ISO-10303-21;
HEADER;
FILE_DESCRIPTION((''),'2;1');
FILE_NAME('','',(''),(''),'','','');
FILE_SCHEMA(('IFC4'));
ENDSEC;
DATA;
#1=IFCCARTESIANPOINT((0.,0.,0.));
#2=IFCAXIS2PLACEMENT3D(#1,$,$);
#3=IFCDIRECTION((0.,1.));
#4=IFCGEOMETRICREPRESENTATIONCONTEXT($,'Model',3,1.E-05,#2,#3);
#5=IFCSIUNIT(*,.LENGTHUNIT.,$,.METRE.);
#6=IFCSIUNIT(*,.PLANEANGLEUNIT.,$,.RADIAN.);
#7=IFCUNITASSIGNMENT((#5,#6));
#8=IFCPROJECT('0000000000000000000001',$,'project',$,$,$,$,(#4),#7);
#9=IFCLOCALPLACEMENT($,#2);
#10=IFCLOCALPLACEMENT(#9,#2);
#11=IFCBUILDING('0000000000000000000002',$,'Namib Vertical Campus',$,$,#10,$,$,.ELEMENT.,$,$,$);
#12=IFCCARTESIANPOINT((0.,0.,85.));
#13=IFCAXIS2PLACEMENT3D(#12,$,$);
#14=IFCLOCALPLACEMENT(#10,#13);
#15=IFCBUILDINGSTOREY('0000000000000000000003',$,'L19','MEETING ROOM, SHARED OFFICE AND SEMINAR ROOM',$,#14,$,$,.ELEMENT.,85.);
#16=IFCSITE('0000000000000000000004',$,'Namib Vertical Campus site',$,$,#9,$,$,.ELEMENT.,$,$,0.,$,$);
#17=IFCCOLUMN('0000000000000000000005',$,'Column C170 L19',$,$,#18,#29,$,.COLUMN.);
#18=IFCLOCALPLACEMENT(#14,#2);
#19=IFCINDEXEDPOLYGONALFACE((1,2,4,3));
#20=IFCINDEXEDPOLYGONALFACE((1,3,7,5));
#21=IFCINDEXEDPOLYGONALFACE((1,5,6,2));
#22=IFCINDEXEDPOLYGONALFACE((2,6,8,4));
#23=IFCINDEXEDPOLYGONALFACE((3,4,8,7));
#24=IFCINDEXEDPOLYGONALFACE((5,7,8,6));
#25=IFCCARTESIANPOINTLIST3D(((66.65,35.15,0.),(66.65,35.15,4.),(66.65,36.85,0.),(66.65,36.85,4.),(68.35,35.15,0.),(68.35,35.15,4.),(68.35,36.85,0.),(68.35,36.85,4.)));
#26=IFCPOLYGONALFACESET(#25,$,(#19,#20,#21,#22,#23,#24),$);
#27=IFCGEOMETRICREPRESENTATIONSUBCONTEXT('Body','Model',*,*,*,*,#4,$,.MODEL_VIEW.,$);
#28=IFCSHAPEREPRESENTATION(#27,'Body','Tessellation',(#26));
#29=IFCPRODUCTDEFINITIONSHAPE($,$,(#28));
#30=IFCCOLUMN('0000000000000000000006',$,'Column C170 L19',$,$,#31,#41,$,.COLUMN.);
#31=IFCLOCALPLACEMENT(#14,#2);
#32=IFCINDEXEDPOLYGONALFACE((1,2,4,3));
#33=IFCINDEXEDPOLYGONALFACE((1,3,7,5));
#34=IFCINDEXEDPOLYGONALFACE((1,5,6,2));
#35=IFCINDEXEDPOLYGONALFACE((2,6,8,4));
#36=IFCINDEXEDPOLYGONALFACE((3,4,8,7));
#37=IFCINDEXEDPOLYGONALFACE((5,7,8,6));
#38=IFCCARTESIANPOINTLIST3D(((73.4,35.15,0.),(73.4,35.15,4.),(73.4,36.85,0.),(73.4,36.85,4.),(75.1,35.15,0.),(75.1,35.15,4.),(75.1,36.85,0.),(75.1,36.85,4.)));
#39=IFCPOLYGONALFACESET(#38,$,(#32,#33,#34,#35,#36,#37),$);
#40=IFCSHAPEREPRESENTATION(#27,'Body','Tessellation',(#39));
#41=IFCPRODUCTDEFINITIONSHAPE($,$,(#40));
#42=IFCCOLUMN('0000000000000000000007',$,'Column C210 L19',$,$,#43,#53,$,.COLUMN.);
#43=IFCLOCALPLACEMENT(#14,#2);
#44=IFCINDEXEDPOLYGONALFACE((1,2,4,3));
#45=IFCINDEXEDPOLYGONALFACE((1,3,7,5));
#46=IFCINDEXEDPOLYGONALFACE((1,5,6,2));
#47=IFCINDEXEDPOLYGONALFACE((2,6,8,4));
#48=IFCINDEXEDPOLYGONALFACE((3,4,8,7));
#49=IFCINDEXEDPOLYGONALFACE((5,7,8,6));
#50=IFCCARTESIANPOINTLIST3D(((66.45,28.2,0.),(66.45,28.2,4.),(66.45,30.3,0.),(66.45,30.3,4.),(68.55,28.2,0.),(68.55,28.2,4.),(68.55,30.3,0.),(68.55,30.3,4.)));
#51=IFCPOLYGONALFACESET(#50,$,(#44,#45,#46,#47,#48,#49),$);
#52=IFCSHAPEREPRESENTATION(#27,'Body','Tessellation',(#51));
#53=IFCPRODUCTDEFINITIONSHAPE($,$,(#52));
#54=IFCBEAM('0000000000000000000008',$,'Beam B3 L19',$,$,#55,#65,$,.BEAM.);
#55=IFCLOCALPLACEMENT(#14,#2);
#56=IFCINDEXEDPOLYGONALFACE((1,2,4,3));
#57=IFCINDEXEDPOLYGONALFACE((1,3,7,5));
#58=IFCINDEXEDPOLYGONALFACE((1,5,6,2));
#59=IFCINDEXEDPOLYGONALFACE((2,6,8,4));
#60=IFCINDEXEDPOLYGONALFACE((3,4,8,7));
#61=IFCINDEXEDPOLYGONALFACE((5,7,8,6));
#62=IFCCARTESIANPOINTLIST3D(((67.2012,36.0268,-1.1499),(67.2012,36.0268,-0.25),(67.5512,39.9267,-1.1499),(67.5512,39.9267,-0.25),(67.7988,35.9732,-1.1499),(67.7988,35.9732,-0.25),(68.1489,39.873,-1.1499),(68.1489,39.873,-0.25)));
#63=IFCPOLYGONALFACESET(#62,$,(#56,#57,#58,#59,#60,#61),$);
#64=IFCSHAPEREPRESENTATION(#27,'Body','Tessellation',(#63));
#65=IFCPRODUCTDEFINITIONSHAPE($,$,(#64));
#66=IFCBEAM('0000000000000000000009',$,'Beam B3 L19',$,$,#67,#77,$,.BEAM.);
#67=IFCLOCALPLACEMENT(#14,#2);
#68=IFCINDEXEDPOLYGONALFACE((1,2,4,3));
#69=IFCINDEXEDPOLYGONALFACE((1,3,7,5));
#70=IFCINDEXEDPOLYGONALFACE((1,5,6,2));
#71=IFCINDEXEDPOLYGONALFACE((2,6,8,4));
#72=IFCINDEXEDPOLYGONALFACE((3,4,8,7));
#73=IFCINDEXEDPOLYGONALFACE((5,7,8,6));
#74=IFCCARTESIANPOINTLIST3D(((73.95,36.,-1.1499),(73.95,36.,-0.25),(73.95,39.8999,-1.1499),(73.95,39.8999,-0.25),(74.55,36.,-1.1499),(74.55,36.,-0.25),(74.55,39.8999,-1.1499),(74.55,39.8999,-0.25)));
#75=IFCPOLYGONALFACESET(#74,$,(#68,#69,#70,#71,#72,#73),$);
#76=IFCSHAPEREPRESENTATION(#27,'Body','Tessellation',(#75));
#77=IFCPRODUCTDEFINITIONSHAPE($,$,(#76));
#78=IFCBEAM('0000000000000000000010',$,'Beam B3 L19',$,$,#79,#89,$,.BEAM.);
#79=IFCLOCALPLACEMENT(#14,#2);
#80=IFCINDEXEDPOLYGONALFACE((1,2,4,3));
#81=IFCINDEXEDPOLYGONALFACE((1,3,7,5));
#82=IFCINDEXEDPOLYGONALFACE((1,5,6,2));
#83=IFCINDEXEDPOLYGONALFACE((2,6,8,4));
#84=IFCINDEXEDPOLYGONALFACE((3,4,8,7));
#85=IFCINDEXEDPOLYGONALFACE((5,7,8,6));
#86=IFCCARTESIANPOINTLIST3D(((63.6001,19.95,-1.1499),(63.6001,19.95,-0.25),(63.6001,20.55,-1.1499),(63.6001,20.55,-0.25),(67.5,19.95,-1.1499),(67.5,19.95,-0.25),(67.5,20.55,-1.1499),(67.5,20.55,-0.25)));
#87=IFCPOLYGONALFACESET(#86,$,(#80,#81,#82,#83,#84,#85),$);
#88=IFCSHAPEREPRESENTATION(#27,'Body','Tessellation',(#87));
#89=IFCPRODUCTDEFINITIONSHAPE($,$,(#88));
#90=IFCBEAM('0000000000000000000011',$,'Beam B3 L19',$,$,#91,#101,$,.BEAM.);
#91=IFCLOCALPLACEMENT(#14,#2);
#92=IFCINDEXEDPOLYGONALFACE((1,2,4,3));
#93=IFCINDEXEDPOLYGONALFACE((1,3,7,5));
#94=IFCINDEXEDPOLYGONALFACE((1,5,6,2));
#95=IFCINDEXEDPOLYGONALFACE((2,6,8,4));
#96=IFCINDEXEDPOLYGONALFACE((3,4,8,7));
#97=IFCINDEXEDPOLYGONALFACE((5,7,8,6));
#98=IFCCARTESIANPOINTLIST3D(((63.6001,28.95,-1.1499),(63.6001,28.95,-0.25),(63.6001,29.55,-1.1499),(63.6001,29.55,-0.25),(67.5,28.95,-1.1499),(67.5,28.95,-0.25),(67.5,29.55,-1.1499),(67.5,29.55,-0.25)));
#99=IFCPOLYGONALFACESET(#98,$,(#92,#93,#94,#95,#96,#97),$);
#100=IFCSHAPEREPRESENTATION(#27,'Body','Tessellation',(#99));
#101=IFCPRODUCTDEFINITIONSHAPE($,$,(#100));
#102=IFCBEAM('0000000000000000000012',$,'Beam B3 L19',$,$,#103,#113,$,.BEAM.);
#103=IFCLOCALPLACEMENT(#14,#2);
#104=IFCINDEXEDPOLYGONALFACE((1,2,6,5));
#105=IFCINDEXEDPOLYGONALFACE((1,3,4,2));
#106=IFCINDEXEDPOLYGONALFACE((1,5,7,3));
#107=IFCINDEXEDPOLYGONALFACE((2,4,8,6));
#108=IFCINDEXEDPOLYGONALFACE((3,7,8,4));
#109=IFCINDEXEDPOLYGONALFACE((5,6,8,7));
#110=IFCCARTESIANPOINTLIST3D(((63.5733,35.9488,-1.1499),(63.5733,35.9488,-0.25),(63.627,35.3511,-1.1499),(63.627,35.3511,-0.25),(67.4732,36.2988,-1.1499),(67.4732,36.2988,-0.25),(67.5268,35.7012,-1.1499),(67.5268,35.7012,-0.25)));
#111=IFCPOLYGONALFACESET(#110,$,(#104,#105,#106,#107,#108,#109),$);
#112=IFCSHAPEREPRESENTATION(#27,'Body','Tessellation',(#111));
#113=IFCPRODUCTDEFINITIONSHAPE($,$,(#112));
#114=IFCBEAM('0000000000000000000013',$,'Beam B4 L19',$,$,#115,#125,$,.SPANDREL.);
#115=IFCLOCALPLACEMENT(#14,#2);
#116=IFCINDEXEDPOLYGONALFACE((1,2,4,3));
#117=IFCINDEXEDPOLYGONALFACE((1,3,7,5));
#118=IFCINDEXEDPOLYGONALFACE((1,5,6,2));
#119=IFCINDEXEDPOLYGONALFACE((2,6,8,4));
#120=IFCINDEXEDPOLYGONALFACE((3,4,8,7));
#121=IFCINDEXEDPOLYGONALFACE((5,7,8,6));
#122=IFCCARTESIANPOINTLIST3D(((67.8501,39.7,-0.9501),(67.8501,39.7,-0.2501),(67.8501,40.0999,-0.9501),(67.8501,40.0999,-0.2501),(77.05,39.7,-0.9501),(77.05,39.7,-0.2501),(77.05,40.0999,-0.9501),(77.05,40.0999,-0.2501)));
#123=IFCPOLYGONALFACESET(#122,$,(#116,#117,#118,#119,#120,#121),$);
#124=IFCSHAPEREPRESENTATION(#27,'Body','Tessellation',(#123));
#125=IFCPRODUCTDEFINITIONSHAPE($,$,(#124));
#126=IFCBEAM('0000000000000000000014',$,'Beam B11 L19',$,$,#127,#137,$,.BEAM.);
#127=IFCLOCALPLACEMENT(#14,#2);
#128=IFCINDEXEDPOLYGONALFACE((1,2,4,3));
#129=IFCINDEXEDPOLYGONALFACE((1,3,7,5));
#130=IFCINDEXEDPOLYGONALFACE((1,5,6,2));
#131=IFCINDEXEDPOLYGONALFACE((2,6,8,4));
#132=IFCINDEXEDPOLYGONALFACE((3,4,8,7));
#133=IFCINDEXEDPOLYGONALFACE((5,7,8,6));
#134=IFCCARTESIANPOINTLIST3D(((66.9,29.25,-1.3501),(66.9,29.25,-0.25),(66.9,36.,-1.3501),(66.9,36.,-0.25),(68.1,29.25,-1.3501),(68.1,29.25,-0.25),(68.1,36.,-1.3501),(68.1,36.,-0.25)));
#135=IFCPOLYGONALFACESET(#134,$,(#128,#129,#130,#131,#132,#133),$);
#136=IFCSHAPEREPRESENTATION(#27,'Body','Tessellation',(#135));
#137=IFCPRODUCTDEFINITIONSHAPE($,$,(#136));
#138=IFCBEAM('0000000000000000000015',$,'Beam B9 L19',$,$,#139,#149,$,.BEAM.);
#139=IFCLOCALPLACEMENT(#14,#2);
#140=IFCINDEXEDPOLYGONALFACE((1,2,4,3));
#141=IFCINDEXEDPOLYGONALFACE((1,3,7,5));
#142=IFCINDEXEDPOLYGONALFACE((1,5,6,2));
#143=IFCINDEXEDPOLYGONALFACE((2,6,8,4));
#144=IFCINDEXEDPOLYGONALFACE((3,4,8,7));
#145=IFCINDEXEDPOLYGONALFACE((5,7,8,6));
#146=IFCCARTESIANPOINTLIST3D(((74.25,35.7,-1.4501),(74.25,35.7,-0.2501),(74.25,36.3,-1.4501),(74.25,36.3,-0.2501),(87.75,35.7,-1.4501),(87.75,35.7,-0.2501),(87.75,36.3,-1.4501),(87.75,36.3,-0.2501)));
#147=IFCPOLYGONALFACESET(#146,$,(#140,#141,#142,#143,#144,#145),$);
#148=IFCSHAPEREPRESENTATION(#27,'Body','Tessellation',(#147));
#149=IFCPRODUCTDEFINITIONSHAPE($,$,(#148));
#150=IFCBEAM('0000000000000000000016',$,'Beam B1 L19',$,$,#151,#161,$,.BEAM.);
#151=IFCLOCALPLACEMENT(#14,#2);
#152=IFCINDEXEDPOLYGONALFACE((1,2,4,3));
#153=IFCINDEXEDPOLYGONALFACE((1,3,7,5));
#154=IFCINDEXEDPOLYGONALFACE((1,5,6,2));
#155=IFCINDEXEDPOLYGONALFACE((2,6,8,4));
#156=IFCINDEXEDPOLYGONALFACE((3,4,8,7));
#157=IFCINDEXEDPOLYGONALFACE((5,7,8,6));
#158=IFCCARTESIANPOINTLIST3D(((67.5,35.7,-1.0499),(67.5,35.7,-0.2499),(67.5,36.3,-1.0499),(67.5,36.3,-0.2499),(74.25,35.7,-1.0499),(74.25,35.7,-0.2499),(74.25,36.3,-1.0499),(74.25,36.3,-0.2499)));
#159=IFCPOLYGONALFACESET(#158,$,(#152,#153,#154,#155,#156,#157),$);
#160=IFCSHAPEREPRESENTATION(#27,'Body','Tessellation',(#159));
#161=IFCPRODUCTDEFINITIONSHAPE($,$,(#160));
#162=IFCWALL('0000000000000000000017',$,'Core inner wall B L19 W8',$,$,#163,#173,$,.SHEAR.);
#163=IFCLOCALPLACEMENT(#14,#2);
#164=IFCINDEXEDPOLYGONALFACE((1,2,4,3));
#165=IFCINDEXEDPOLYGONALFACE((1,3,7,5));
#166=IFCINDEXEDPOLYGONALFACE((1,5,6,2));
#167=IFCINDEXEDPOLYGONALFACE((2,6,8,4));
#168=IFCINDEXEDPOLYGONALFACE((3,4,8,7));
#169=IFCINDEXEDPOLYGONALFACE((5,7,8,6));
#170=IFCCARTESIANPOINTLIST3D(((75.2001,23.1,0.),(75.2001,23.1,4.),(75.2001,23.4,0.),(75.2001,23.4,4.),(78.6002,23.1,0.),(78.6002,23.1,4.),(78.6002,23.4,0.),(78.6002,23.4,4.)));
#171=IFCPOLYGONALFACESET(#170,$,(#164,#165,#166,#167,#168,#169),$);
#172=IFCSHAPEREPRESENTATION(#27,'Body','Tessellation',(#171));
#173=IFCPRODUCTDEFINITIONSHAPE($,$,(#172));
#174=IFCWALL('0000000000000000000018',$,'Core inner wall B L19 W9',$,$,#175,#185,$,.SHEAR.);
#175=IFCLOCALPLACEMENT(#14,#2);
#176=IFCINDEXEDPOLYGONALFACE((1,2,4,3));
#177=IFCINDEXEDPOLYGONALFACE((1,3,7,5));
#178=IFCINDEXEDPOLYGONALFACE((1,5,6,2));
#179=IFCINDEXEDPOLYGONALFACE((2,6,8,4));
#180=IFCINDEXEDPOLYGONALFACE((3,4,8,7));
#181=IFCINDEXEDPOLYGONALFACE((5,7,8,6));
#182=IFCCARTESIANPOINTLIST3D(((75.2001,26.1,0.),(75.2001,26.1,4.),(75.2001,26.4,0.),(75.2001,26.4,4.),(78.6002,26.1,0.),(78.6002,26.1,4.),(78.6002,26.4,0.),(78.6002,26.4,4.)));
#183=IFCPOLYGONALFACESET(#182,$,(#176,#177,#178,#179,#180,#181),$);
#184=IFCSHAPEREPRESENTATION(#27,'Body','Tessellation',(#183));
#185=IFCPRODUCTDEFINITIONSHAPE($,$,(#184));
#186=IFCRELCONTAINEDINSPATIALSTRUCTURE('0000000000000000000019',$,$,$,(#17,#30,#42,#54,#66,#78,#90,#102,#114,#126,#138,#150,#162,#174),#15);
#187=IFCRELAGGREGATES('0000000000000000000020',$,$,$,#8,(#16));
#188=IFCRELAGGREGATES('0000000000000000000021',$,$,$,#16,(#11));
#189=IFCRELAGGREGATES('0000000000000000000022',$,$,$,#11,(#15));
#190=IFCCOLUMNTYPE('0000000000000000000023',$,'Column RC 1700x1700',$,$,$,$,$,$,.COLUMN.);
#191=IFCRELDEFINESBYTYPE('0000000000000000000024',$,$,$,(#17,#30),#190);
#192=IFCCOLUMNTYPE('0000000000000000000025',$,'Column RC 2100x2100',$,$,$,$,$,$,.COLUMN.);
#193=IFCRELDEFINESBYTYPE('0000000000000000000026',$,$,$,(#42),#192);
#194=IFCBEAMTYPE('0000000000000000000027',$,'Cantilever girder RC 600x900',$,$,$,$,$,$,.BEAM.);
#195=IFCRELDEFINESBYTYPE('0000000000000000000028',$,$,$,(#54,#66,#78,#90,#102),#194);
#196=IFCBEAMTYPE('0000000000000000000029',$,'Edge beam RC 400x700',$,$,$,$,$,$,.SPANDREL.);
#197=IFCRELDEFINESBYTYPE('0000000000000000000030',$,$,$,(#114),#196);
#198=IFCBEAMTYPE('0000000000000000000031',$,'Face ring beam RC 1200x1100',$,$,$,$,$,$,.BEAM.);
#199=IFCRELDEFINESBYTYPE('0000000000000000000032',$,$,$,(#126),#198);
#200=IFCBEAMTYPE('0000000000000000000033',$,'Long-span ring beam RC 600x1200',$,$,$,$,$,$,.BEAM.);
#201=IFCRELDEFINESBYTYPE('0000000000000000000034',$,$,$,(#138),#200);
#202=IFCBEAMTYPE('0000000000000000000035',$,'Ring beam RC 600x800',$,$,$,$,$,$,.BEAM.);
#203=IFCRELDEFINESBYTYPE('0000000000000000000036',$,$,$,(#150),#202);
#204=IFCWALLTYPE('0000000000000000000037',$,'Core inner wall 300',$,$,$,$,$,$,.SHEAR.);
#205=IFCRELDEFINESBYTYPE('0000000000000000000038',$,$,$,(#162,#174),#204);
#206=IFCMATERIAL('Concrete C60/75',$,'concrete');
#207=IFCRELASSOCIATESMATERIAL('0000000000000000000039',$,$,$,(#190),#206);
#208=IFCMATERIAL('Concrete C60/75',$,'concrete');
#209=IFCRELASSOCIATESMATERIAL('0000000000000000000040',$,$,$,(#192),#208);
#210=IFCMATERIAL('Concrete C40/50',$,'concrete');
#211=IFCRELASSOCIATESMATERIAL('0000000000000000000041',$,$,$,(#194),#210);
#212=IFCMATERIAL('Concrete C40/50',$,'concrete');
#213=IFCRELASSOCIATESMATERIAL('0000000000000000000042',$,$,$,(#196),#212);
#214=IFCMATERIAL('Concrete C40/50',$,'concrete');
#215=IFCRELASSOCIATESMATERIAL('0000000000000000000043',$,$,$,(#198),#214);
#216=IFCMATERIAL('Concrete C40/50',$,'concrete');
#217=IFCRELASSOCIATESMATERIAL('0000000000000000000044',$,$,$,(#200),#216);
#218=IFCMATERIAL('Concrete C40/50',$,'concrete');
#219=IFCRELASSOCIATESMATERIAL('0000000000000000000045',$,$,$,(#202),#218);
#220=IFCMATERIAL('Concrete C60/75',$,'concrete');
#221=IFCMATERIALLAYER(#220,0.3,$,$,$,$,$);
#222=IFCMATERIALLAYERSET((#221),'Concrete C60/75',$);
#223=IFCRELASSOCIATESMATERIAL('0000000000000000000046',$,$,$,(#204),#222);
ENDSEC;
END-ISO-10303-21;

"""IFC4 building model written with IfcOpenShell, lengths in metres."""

from ifc_helpers import new_model, si_unit, direction, frame, frame_2d, origin, origin_2d, place, context, subcontext, project, spatial, rectangle, extrude, material, layer, layer_set, material_profile, profile_set, type_object, element, save


model = new_model("IFC4")

# Units and contexts
model_context = context("Model", 3, precision=1e-05, world=origin(), true_north=direction((0.0, 1.0)))
body_context = subcontext(model_context, "Body", "Model", "MODEL_VIEW")
ifc_project = project(units=[si_unit("LENGTHUNIT", "METRE"), si_unit("PLANEANGLEUNIT", "RADIAN")], contexts=[model_context])

# Site, building, storey
site_placement = place(None, origin())
site = spatial("IfcSite", under=ifc_project, at=site_placement, Name="Namib Vertical Campus site", CompositionType="ELEMENT", RefElevation=0.0)
building_placement = place(site_placement, origin())
building = spatial("IfcBuilding", under=site, at=building_placement, Name="Namib Vertical Campus", CompositionType="ELEMENT")
storey_placement = place(building_placement, frame((0.0, 0.0, 85.0)))
storey = spatial("IfcBuildingStorey", under=building, at=storey_placement, Name="L19", Description="MEETING ROOM, SHARED OFFICE AND SEMINAR ROOM", CompositionType="ELEMENT", Elevation=85.0)

# Columns
ifc_material_1 = material(Name="Concrete C60/75", Category="concrete")
ifc_material_profile_1 = material_profile(ifc_material_1, rectangle(XDim=1.7, YDim=1.7, at=origin_2d()))
ifc_profile_set_1 = profile_set([ifc_material_profile_1], Name="Concrete C60/75")
column_type_1 = type_object("IfcColumnType", Name="Column RC 1700x1700", PredefinedType="COLUMN", material=ifc_profile_set_1)
for number, where, z_axis, x_axis, name in (
    (1, (67.5, 36.0, 0.0), (0.0, 0.0, 1.0), (1.0, 0.0, 0.0), "Column C170 L19"),
    (2, (74.25, 36.0, 0.0), (0.0, 0.0, 1.0), (1.0, 0.0, 0.0), "Column C170 L19"),
):
    element("IfcColumn", number, at=place(storey_placement, frame(where, z_axis=z_axis, x_axis=x_axis)), inside=storey, type_object=column_type_1, Name=name, PredefinedType="COLUMN", context=body_context, shape_type="SweptSolid", body=[
        extrude(rectangle(XDim=1.7, YDim=1.7, at=origin_2d()), origin(), (0.0, 0.0, 1.0), 4.0),
    ])
ifc_material_2 = material(Name="Concrete C60/75", Category="concrete")
ifc_material_profile_2 = material_profile(ifc_material_2, rectangle(XDim=2.1001, YDim=2.1001, at=origin_2d()))
ifc_profile_set_2 = profile_set([ifc_material_profile_2], Name="Concrete C60/75")
column_type_2 = type_object("IfcColumnType", Name="Column RC 2100x2100", PredefinedType="COLUMN", material=ifc_profile_set_2)
column_placement = place(storey_placement, frame((67.5, 29.25, 0.0), z_axis=(0.0, 0.0, 1.0), x_axis=(1.0, 0.0, 0.0)))
element("IfcColumn", 3, at=column_placement, inside=storey, type_object=column_type_2, Name="Column C210 L19", PredefinedType="COLUMN", context=body_context, shape_type="SweptSolid", body=[
    extrude(rectangle(XDim=2.1001, YDim=2.1001, at=origin_2d()), origin(), (0.0, 0.0, 1.0), 4.0),
])

# Beams
ifc_material_3 = material(Name="Concrete C40/50", Category="concrete")
ifc_material_profile_3 = material_profile(ifc_material_3, rectangle(XDim=0.6001, YDim=0.8999, at=origin_2d()))
ifc_profile_set_3 = profile_set([ifc_material_profile_3], Name="Concrete C40/50")
beam_type_1 = type_object("IfcBeamType", Name="Cantilever girder RC 600x900", PredefinedType="BEAM", material=ifc_profile_set_3)
beam_1_placement = place(storey_placement, frame((67.5, 36.0, -0.7), z_axis=(0.089411, 0.995995, 0.0), x_axis=(-0.995995, 0.089411, 0.0)))
element("IfcBeam", 4, at=beam_1_placement, inside=storey, type_object=beam_type_1, Name="Beam B3 L19", PredefinedType="BEAM", context=body_context, shape_type="SweptSolid", body=[
    extrude(rectangle(XDim=0.6001, YDim=0.8999, at=origin_2d()), origin(), (0.0, 0.0, 1.0), 3.9155),
])
for number, where, z_axis, x_axis, name in (
    (5, (74.25, 36.0, -0.7), (0.0, 1.0, 0.0), (-1.0, 0.0, 0.0), "Beam B3 L19"),
    (6, (67.5, 20.25, -0.7), (-1.0, 0.0, 0.0), (0.0, -1.0, 0.0), "Beam B3 L19"),
    (7, (67.5, 29.25, -0.7), (-1.0, 0.0, 0.0), (0.0, -1.0, 0.0), "Beam B3 L19"),
):
    element("IfcBeam", number, at=place(storey_placement, frame(where, z_axis=z_axis, x_axis=x_axis)), inside=storey, type_object=beam_type_1, Name=name, PredefinedType="BEAM", context=body_context, shape_type="SweptSolid", body=[
        extrude(rectangle(XDim=0.6001, YDim=0.8999, at=origin_2d()), origin(), (0.0, 0.0, 1.0), 3.8999),
    ])
beam_2_placement = place(storey_placement, frame((67.5, 36.0, -0.7), z_axis=(-0.995995, -0.089411, 0.0), x_axis=(0.089411, -0.995995, 0.0)))
element("IfcBeam", 8, at=beam_2_placement, inside=storey, type_object=beam_type_1, Name="Beam B3 L19", PredefinedType="BEAM", context=body_context, shape_type="SweptSolid", body=[
    extrude(rectangle(XDim=0.6001, YDim=0.8999, at=origin_2d()), origin(), (0.0, 0.0, 1.0), 3.9155),
])
ifc_material_4 = material(Name="Concrete C40/50", Category="concrete")
ifc_material_profile_4 = material_profile(ifc_material_4, rectangle(XDim=0.3999, YDim=0.7, at=origin_2d()))
ifc_profile_set_4 = profile_set([ifc_material_profile_4], Name="Concrete C40/50")
beam_type_2 = type_object("IfcBeamType", Name="Edge beam RC 400x700", PredefinedType="SPANDREL", material=ifc_profile_set_4)
beam_3_placement = place(storey_placement, frame((67.8501, 39.8999, -0.6001), z_axis=(1.0, 0.0, 0.0), x_axis=(0.0, 1.0, 0.0)))
element("IfcBeam", 9, at=beam_3_placement, inside=storey, type_object=beam_type_2, Name="Beam B4 L19", PredefinedType="SPANDREL", context=body_context, shape_type="SweptSolid", body=[
    extrude(rectangle(XDim=0.3999, YDim=0.7, at=origin_2d()), origin(), (0.0, 0.0, 1.0), 9.2),
])
ifc_material_5 = material(Name="Concrete C40/50", Category="concrete")
ifc_material_profile_5 = material_profile(ifc_material_5, rectangle(XDim=1.2, YDim=1.1001, at=origin_2d()))
ifc_profile_set_5 = profile_set([ifc_material_profile_5], Name="Concrete C40/50")
beam_type_3 = type_object("IfcBeamType", Name="Face ring beam RC 1200x1100", PredefinedType="BEAM", material=ifc_profile_set_5)
beam_4_placement = place(storey_placement, frame((67.5, 29.25, -0.8), z_axis=(0.0, 1.0, 0.0), x_axis=(-1.0, 0.0, 0.0)))
element("IfcBeam", 10, at=beam_4_placement, inside=storey, type_object=beam_type_3, Name="Beam B11 L19", PredefinedType="BEAM", context=body_context, shape_type="SweptSolid", body=[
    extrude(rectangle(XDim=1.2, YDim=1.1001, at=origin_2d()), origin(), (0.0, 0.0, 1.0), 6.75),
])
ifc_material_6 = material(Name="Concrete C40/50", Category="concrete")
ifc_material_profile_6 = material_profile(ifc_material_6, rectangle(XDim=0.6001, YDim=1.2, at=origin_2d()))
ifc_profile_set_6 = profile_set([ifc_material_profile_6], Name="Concrete C40/50")
beam_type_4 = type_object("IfcBeamType", Name="Long-span ring beam RC 600x1200", PredefinedType="BEAM", material=ifc_profile_set_6)
beam_5_placement = place(storey_placement, frame((74.25, 36.0, -0.8501), z_axis=(1.0, 0.0, 0.0), x_axis=(0.0, 1.0, 0.0)))
element("IfcBeam", 11, at=beam_5_placement, inside=storey, type_object=beam_type_4, Name="Beam B9 L19", PredefinedType="BEAM", context=body_context, shape_type="SweptSolid", body=[
    extrude(rectangle(XDim=0.6001, YDim=1.2, at=origin_2d()), origin(), (0.0, 0.0, 1.0), 13.5),
])
ifc_material_7 = material(Name="Concrete C40/50", Category="concrete")
ifc_material_profile_7 = material_profile(ifc_material_7, rectangle(XDim=0.6001, YDim=0.8, at=origin_2d()))
ifc_profile_set_7 = profile_set([ifc_material_profile_7], Name="Concrete C40/50")
beam_type_5 = type_object("IfcBeamType", Name="Ring beam RC 600x800", PredefinedType="BEAM", material=ifc_profile_set_7)
beam_6_placement = place(storey_placement, frame((67.5, 36.0, -0.6499), z_axis=(1.0, 0.0, 0.0), x_axis=(0.0, 1.0, 0.0)))
element("IfcBeam", 12, at=beam_6_placement, inside=storey, type_object=beam_type_5, Name="Beam B1 L19", PredefinedType="BEAM", context=body_context, shape_type="SweptSolid", body=[
    extrude(rectangle(XDim=0.6001, YDim=0.8, at=origin_2d()), origin(), (0.0, 0.0, 1.0), 6.75),
])

# Walls
ifc_material_8 = material(Name="Concrete C60/75", Category="concrete")
ifc_layer_1 = layer(ifc_material_8, 0.3)
ifc_layer_set_1 = layer_set([ifc_layer_1], Name="Concrete C60/75")
wall_type_1 = type_object("IfcWallType", Name="Core inner wall 300", PredefinedType="SHEAR", material=ifc_layer_set_1)
for number, where, z_axis, x_axis, name in (
    (13, (75.2, 23.25, 0.0), (0.0, 0.0, 1.0), (1.0, 0.0, 0.0), "Core inner wall B L19 W8"),
    (14, (75.2, 26.25, 0.0), (0.0, 0.0, 1.0), (1.0, 0.0, 0.0), "Core inner wall B L19 W9"),
):
    element("IfcWall", number, at=place(storey_placement, frame(where, z_axis=z_axis, x_axis=x_axis)), inside=storey, type_object=wall_type_1, Name=name, PredefinedType="SHEAR", context=body_context, shape_type="SweptSolid", body=[
        extrude(rectangle(XDim=3.4001, YDim=0.3, at=frame_2d((1.7002, 0.0))), origin(), (0.0, 0.0, 1.0), 4.0),
    ])

save(model, "model.ifc")
